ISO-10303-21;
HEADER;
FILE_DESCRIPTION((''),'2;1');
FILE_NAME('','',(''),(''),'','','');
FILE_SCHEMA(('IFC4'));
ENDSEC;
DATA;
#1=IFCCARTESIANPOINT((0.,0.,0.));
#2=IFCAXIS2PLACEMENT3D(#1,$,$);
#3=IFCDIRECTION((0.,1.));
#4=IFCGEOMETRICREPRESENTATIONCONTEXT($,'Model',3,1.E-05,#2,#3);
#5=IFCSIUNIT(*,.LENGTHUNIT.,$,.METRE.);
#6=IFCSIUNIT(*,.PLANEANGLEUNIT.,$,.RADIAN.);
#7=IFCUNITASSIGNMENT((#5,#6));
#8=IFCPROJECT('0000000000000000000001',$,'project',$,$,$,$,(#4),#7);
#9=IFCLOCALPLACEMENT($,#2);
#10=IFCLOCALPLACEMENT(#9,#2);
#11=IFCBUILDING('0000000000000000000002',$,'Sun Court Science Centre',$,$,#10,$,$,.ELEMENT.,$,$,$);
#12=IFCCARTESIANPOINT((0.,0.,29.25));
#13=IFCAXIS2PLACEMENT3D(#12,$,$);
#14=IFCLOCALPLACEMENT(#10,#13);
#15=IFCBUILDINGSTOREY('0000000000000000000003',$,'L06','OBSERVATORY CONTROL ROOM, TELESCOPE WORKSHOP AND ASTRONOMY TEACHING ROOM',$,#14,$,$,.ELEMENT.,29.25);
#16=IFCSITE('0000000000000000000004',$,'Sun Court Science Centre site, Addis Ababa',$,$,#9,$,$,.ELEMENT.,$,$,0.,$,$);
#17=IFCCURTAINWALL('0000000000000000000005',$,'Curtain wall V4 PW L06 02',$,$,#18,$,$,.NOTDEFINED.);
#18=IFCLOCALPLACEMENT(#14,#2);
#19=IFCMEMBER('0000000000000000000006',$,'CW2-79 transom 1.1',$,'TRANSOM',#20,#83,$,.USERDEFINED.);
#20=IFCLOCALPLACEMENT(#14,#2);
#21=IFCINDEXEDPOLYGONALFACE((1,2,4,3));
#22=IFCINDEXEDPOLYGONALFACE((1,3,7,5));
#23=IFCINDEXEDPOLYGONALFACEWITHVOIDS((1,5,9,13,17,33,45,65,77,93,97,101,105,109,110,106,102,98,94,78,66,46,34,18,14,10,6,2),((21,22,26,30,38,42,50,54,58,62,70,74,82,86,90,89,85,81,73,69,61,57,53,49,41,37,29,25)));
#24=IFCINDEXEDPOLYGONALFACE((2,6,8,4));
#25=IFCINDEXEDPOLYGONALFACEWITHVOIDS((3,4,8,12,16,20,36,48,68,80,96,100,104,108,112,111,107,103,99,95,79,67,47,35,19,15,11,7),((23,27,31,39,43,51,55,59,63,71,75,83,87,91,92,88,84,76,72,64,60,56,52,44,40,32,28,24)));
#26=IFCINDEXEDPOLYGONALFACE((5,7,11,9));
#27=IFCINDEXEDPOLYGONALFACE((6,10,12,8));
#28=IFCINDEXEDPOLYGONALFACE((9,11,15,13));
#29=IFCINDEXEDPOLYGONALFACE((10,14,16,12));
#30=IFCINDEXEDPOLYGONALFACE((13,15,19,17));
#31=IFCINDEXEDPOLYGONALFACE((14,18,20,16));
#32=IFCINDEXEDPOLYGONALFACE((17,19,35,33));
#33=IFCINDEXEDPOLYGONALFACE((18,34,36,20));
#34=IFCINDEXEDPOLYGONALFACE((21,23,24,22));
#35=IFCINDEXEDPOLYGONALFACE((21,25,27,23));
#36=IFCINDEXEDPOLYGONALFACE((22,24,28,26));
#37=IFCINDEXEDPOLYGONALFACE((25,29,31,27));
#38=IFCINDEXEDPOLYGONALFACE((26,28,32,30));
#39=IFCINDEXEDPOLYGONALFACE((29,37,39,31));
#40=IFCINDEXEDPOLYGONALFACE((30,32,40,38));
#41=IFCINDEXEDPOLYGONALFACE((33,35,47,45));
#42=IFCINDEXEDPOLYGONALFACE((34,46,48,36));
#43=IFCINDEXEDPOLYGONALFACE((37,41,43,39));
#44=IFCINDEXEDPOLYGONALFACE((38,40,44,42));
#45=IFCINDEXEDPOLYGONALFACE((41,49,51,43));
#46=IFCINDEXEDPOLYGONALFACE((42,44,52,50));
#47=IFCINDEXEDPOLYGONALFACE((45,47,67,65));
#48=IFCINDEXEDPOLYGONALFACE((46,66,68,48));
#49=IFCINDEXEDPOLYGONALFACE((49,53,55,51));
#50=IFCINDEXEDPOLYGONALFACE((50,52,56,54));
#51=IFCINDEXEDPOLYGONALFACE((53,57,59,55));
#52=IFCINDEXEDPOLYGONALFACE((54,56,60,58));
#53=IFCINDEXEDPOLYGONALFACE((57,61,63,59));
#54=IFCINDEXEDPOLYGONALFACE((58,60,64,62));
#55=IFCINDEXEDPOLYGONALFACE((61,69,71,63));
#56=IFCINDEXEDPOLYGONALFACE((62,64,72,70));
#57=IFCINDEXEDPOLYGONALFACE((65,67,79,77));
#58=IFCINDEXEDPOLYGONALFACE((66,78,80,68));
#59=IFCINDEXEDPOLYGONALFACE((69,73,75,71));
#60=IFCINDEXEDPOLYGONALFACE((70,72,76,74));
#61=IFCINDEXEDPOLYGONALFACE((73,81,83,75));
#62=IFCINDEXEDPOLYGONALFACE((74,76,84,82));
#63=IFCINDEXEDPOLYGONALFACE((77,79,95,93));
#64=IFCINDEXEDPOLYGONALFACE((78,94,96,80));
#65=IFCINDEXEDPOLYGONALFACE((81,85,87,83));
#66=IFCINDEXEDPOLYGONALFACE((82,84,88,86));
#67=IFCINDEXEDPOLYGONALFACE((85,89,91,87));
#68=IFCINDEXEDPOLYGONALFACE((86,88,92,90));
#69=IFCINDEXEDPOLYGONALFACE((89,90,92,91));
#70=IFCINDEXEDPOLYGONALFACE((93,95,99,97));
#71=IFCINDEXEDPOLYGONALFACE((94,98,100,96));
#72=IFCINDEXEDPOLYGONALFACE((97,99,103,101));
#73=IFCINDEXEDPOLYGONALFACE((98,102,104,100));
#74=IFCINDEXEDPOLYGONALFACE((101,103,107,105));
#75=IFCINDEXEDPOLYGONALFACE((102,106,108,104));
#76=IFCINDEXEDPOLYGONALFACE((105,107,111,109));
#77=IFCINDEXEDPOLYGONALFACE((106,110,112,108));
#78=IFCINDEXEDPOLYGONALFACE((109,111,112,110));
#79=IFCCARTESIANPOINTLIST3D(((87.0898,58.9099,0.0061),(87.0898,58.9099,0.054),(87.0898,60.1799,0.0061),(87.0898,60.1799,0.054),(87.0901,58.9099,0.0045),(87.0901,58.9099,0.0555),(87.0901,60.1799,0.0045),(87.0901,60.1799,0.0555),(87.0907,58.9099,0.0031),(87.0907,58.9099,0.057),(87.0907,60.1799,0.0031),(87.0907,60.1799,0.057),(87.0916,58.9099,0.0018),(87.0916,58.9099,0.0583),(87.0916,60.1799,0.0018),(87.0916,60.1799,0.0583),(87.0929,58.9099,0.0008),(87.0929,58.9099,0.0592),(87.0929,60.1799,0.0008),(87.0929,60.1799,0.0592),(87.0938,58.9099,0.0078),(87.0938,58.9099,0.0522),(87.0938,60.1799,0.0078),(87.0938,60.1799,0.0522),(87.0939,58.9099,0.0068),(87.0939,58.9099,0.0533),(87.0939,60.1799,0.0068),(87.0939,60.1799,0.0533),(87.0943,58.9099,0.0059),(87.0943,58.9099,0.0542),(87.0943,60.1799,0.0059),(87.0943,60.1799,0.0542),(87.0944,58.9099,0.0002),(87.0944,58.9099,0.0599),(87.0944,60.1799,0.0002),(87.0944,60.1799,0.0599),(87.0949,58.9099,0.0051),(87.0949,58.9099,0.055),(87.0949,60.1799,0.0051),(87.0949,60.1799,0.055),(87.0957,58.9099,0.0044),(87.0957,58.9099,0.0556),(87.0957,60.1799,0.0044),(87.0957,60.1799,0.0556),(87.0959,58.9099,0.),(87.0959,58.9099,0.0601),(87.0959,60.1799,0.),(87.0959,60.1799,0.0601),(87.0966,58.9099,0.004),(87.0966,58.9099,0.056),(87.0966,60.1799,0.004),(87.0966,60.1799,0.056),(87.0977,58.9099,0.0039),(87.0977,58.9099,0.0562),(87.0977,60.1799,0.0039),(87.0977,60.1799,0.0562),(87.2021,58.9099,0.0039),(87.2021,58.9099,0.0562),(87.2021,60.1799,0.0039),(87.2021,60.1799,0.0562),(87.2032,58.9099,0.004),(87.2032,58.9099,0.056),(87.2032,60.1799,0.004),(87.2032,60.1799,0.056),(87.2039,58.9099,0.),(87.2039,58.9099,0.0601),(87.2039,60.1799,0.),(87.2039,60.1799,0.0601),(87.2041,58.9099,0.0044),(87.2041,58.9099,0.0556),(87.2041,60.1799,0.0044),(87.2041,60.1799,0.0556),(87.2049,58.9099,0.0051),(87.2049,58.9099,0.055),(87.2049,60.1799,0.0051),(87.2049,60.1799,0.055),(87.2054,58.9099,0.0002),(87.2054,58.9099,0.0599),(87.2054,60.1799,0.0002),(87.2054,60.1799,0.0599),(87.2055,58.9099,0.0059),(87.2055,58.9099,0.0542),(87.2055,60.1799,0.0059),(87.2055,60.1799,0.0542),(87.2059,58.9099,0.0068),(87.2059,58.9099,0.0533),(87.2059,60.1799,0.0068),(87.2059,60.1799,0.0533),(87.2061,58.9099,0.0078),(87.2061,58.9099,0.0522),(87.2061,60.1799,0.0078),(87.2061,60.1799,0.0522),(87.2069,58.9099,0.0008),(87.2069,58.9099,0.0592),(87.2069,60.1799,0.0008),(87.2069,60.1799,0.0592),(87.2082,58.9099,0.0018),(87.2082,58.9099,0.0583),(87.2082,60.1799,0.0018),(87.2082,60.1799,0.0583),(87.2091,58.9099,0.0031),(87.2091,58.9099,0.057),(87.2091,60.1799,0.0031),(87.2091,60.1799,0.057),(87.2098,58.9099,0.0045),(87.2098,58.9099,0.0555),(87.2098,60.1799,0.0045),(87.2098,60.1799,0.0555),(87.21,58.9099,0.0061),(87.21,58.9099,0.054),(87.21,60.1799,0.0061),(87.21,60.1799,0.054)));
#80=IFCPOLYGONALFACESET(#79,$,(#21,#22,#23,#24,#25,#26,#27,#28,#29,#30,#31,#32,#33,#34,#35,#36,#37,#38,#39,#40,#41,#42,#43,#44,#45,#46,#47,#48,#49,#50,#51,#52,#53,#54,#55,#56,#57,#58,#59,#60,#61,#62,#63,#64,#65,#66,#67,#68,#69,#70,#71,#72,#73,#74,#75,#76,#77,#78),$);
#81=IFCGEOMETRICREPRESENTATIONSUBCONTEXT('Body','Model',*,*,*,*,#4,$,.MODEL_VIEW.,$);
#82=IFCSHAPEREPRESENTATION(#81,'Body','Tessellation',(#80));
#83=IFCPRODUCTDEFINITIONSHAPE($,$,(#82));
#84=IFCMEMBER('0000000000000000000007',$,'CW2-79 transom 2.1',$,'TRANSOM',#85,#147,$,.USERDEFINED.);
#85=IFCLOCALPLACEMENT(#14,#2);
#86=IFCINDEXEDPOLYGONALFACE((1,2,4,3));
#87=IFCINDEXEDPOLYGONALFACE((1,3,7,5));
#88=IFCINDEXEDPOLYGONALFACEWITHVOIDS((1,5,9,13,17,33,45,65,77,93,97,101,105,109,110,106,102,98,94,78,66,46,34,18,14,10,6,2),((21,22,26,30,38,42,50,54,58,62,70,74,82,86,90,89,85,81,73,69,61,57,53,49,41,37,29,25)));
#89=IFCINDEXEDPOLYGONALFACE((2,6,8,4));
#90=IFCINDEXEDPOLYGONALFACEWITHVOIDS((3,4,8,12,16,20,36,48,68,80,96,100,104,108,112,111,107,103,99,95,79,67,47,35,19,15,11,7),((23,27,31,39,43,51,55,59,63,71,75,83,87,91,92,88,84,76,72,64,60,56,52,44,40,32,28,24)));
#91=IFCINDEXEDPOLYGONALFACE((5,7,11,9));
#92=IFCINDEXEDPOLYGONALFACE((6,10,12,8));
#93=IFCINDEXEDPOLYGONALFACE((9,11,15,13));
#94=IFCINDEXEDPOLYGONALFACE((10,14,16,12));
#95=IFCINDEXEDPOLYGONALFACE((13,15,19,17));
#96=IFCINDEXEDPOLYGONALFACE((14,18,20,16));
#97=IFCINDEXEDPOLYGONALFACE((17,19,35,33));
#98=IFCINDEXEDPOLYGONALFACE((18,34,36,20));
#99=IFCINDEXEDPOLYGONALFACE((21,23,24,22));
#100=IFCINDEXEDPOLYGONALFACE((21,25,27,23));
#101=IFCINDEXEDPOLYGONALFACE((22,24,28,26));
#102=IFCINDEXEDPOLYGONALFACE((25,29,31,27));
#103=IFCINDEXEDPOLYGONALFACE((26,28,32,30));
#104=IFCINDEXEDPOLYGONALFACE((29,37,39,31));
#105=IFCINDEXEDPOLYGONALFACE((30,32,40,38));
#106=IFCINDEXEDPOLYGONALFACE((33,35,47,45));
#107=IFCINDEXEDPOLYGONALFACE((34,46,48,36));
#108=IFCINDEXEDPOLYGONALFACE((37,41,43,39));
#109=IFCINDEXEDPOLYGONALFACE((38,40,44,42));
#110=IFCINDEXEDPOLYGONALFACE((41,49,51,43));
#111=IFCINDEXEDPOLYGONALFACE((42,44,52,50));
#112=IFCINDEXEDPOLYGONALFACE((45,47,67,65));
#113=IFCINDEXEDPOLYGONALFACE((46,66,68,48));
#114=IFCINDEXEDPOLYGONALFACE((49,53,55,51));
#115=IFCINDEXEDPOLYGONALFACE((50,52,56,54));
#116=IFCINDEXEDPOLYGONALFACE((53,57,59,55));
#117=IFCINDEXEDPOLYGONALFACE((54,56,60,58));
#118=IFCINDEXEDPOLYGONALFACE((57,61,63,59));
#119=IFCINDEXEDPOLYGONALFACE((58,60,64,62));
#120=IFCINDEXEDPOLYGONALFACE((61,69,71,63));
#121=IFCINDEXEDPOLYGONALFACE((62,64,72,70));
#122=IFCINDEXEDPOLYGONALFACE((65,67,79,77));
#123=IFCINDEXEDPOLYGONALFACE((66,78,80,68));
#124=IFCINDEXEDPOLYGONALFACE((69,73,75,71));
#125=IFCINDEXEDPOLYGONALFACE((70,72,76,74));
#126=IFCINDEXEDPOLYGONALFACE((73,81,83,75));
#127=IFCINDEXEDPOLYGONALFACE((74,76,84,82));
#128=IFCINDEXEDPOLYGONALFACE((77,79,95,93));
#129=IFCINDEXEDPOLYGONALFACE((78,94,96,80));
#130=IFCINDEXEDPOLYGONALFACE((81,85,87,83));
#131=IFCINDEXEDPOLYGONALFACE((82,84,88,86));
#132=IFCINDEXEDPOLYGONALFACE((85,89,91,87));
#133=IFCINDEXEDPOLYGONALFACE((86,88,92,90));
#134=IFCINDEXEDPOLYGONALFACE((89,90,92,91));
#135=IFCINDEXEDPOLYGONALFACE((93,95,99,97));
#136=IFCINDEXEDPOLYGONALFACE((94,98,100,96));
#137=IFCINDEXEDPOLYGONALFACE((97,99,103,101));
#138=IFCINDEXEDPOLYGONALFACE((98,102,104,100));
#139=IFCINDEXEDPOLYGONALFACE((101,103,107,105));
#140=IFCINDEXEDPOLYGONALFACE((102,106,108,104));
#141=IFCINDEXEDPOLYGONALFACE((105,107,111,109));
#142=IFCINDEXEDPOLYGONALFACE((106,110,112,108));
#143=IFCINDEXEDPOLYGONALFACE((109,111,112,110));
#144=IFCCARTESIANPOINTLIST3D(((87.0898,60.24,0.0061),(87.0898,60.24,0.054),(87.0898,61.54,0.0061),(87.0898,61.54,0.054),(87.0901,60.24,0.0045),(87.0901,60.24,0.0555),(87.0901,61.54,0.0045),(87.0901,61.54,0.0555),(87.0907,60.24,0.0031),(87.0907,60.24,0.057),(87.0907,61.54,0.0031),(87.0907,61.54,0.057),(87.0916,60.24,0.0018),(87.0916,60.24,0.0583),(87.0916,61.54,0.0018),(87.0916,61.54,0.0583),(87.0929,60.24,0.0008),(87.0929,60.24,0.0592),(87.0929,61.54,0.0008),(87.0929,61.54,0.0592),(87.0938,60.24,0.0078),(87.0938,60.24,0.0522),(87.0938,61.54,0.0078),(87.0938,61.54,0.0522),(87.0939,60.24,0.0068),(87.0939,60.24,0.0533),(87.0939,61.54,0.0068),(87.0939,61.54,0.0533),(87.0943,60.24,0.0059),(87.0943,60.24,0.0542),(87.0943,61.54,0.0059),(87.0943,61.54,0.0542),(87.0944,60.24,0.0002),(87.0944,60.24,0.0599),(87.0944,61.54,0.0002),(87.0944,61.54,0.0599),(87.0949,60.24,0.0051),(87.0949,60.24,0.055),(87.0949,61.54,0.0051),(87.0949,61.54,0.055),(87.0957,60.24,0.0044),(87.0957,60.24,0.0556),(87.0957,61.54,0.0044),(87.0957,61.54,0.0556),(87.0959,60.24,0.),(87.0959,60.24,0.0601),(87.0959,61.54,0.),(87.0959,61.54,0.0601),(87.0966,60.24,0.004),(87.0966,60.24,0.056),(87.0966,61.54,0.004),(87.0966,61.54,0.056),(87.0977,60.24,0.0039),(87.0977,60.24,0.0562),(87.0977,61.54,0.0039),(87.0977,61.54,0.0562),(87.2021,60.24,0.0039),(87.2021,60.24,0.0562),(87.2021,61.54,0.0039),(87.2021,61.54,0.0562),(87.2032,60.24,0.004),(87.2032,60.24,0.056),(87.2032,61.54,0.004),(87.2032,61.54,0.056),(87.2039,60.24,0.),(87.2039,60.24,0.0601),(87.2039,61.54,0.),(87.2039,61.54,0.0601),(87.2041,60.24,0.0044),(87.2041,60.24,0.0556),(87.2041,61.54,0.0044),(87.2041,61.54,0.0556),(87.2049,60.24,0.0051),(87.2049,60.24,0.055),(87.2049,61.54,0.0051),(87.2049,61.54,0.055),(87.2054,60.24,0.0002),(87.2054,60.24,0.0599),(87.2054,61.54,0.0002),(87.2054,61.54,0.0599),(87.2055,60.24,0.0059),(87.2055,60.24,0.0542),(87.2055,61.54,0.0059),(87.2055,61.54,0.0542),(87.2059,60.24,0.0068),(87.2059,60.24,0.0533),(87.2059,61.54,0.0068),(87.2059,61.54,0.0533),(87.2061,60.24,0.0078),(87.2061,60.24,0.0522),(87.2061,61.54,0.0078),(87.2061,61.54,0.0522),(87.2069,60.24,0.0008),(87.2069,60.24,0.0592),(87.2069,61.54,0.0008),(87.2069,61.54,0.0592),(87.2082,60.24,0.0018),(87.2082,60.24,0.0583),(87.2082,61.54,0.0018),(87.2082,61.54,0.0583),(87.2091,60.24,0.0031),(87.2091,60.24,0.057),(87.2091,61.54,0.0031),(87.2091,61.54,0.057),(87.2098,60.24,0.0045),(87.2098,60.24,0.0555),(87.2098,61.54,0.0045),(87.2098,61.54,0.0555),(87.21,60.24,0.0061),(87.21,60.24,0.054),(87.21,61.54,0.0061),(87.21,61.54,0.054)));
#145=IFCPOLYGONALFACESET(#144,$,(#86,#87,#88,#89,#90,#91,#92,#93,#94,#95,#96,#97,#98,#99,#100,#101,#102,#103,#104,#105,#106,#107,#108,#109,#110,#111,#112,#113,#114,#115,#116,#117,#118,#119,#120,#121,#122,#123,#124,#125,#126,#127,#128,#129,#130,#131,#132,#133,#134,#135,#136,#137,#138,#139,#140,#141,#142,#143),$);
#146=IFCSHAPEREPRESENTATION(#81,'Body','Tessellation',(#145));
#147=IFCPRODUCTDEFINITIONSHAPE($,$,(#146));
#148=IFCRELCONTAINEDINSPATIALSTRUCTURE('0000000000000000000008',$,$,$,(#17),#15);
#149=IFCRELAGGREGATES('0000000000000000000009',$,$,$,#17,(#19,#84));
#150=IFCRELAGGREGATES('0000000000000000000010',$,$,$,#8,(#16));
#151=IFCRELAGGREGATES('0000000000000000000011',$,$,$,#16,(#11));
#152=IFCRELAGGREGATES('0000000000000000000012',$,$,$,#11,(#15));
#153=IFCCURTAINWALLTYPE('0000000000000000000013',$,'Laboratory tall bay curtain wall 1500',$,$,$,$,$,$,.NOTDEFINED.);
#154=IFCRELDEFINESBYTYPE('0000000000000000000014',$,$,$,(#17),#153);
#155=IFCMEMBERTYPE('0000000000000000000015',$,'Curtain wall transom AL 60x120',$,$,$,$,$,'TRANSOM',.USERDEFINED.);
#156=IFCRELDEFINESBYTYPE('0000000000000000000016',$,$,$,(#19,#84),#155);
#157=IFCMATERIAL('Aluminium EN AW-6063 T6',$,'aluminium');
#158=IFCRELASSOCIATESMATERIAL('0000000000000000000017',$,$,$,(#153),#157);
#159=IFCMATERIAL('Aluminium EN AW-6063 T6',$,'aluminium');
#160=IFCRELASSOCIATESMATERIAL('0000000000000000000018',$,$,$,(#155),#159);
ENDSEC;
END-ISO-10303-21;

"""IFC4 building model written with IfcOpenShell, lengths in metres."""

from ifc_helpers import new_model, si_unit, direction, frame, origin, origin_2d, place, context, subcontext, project, spatial, hollow_rectangle, extrude, material, material_profile, profile_set, type_object, element, aggregate, save


model = new_model("IFC4")

# Units and contexts
model_context = context("Model", 3, precision=1e-05, world=origin(), true_north=direction((0.0, 1.0)))
body_context = subcontext(model_context, "Body", "Model", "MODEL_VIEW")
ifc_project = project(units=[si_unit("LENGTHUNIT", "METRE"), si_unit("PLANEANGLEUNIT", "RADIAN")], contexts=[model_context])

# Site, building, storey
site_placement = place(None, origin())
site = spatial("IfcSite", under=ifc_project, at=site_placement, Name="Sun Court Science Centre site, Addis Ababa", CompositionType="ELEMENT", RefElevation=0.0)
building_placement = place(site_placement, origin())
building = spatial("IfcBuilding", under=site, at=building_placement, Name="Sun Court Science Centre", CompositionType="ELEMENT")
storey_placement = place(building_placement, frame((0.0, 0.0, 29.25)))
storey = spatial("IfcBuildingStorey", under=building, at=storey_placement, Name="L06", Description="OBSERVATORY CONTROL ROOM, TELESCOPE WORKSHOP AND ASTRONOMY TEACHING ROOM", CompositionType="ELEMENT", Elevation=29.25)

# Curtain wall, members
ifc_material_1 = material(Name="Aluminium EN AW-6063 T6", Category="aluminium")
curtain_wall_type = type_object("IfcCurtainWallType", Name="Laboratory tall bay curtain wall 1500", PredefinedType="NOTDEFINED", material=ifc_material_1)
curtain_wall_placement = place(storey_placement, origin())
curtain_wall = element("IfcCurtainWall", 1, at=curtain_wall_placement, inside=storey, type_object=curtain_wall_type, Name="Curtain wall V4 PW L06 02", PredefinedType="NOTDEFINED")
ifc_material_2 = material(Name="Aluminium EN AW-6063 T6", Category="aluminium")
ifc_material_profile_1 = material_profile(ifc_material_2, hollow_rectangle(XDim=0.0601, YDim=0.1201, WallThickness=0.0039, InnerFilletRadius=0.0039, OuterFilletRadius=0.0061, at=origin_2d()), Name="AL 60x120x4")
ifc_profile_set_1 = profile_set([ifc_material_profile_1], Name="Aluminium EN AW-6063 T6")
member_type_1 = type_object("IfcMemberType", Name="Curtain wall transom AL 60x120", ElementType="TRANSOM", PredefinedType="USERDEFINED", material=ifc_profile_set_1)
member_1_placement = place(storey_placement, frame((87.1499, 58.9099, 0.03), z_axis=(0.0, 1.0, 0.0), x_axis=(0.0, 0.0, 1.0)))
member_1 = element("IfcMember", 2, at=member_1_placement, type_object=member_type_1, Name="CW2-79 transom 1.1", ObjectType="TRANSOM", PredefinedType="USERDEFINED", context=body_context, shape_type="SweptSolid", body=[
    extrude(hollow_rectangle(XDim=0.0601, YDim=0.1201, WallThickness=0.0039, InnerFilletRadius=0.0039, OuterFilletRadius=0.0061, at=origin_2d()), origin(), (0.0, 0.0, 1.0), 1.27),
])
member_2_placement = place(storey_placement, frame((87.1499, 60.24, 0.03), z_axis=(0.0, 1.0, 0.0), x_axis=(0.0, 0.0, 1.0)))
member_2 = element("IfcMember", 3, at=member_2_placement, type_object=member_type_1, Name="CW2-79 transom 2.1", ObjectType="TRANSOM", PredefinedType="USERDEFINED", context=body_context, shape_type="SweptSolid", body=[
    extrude(hollow_rectangle(XDim=0.0601, YDim=0.1201, WallThickness=0.0039, InnerFilletRadius=0.0039, OuterFilletRadius=0.0061, at=origin_2d()), origin(), (0.0, 0.0, 1.0), 1.3),
])
aggregate(curtain_wall, [member_1, member_2])

save(model, "model.ifc")
